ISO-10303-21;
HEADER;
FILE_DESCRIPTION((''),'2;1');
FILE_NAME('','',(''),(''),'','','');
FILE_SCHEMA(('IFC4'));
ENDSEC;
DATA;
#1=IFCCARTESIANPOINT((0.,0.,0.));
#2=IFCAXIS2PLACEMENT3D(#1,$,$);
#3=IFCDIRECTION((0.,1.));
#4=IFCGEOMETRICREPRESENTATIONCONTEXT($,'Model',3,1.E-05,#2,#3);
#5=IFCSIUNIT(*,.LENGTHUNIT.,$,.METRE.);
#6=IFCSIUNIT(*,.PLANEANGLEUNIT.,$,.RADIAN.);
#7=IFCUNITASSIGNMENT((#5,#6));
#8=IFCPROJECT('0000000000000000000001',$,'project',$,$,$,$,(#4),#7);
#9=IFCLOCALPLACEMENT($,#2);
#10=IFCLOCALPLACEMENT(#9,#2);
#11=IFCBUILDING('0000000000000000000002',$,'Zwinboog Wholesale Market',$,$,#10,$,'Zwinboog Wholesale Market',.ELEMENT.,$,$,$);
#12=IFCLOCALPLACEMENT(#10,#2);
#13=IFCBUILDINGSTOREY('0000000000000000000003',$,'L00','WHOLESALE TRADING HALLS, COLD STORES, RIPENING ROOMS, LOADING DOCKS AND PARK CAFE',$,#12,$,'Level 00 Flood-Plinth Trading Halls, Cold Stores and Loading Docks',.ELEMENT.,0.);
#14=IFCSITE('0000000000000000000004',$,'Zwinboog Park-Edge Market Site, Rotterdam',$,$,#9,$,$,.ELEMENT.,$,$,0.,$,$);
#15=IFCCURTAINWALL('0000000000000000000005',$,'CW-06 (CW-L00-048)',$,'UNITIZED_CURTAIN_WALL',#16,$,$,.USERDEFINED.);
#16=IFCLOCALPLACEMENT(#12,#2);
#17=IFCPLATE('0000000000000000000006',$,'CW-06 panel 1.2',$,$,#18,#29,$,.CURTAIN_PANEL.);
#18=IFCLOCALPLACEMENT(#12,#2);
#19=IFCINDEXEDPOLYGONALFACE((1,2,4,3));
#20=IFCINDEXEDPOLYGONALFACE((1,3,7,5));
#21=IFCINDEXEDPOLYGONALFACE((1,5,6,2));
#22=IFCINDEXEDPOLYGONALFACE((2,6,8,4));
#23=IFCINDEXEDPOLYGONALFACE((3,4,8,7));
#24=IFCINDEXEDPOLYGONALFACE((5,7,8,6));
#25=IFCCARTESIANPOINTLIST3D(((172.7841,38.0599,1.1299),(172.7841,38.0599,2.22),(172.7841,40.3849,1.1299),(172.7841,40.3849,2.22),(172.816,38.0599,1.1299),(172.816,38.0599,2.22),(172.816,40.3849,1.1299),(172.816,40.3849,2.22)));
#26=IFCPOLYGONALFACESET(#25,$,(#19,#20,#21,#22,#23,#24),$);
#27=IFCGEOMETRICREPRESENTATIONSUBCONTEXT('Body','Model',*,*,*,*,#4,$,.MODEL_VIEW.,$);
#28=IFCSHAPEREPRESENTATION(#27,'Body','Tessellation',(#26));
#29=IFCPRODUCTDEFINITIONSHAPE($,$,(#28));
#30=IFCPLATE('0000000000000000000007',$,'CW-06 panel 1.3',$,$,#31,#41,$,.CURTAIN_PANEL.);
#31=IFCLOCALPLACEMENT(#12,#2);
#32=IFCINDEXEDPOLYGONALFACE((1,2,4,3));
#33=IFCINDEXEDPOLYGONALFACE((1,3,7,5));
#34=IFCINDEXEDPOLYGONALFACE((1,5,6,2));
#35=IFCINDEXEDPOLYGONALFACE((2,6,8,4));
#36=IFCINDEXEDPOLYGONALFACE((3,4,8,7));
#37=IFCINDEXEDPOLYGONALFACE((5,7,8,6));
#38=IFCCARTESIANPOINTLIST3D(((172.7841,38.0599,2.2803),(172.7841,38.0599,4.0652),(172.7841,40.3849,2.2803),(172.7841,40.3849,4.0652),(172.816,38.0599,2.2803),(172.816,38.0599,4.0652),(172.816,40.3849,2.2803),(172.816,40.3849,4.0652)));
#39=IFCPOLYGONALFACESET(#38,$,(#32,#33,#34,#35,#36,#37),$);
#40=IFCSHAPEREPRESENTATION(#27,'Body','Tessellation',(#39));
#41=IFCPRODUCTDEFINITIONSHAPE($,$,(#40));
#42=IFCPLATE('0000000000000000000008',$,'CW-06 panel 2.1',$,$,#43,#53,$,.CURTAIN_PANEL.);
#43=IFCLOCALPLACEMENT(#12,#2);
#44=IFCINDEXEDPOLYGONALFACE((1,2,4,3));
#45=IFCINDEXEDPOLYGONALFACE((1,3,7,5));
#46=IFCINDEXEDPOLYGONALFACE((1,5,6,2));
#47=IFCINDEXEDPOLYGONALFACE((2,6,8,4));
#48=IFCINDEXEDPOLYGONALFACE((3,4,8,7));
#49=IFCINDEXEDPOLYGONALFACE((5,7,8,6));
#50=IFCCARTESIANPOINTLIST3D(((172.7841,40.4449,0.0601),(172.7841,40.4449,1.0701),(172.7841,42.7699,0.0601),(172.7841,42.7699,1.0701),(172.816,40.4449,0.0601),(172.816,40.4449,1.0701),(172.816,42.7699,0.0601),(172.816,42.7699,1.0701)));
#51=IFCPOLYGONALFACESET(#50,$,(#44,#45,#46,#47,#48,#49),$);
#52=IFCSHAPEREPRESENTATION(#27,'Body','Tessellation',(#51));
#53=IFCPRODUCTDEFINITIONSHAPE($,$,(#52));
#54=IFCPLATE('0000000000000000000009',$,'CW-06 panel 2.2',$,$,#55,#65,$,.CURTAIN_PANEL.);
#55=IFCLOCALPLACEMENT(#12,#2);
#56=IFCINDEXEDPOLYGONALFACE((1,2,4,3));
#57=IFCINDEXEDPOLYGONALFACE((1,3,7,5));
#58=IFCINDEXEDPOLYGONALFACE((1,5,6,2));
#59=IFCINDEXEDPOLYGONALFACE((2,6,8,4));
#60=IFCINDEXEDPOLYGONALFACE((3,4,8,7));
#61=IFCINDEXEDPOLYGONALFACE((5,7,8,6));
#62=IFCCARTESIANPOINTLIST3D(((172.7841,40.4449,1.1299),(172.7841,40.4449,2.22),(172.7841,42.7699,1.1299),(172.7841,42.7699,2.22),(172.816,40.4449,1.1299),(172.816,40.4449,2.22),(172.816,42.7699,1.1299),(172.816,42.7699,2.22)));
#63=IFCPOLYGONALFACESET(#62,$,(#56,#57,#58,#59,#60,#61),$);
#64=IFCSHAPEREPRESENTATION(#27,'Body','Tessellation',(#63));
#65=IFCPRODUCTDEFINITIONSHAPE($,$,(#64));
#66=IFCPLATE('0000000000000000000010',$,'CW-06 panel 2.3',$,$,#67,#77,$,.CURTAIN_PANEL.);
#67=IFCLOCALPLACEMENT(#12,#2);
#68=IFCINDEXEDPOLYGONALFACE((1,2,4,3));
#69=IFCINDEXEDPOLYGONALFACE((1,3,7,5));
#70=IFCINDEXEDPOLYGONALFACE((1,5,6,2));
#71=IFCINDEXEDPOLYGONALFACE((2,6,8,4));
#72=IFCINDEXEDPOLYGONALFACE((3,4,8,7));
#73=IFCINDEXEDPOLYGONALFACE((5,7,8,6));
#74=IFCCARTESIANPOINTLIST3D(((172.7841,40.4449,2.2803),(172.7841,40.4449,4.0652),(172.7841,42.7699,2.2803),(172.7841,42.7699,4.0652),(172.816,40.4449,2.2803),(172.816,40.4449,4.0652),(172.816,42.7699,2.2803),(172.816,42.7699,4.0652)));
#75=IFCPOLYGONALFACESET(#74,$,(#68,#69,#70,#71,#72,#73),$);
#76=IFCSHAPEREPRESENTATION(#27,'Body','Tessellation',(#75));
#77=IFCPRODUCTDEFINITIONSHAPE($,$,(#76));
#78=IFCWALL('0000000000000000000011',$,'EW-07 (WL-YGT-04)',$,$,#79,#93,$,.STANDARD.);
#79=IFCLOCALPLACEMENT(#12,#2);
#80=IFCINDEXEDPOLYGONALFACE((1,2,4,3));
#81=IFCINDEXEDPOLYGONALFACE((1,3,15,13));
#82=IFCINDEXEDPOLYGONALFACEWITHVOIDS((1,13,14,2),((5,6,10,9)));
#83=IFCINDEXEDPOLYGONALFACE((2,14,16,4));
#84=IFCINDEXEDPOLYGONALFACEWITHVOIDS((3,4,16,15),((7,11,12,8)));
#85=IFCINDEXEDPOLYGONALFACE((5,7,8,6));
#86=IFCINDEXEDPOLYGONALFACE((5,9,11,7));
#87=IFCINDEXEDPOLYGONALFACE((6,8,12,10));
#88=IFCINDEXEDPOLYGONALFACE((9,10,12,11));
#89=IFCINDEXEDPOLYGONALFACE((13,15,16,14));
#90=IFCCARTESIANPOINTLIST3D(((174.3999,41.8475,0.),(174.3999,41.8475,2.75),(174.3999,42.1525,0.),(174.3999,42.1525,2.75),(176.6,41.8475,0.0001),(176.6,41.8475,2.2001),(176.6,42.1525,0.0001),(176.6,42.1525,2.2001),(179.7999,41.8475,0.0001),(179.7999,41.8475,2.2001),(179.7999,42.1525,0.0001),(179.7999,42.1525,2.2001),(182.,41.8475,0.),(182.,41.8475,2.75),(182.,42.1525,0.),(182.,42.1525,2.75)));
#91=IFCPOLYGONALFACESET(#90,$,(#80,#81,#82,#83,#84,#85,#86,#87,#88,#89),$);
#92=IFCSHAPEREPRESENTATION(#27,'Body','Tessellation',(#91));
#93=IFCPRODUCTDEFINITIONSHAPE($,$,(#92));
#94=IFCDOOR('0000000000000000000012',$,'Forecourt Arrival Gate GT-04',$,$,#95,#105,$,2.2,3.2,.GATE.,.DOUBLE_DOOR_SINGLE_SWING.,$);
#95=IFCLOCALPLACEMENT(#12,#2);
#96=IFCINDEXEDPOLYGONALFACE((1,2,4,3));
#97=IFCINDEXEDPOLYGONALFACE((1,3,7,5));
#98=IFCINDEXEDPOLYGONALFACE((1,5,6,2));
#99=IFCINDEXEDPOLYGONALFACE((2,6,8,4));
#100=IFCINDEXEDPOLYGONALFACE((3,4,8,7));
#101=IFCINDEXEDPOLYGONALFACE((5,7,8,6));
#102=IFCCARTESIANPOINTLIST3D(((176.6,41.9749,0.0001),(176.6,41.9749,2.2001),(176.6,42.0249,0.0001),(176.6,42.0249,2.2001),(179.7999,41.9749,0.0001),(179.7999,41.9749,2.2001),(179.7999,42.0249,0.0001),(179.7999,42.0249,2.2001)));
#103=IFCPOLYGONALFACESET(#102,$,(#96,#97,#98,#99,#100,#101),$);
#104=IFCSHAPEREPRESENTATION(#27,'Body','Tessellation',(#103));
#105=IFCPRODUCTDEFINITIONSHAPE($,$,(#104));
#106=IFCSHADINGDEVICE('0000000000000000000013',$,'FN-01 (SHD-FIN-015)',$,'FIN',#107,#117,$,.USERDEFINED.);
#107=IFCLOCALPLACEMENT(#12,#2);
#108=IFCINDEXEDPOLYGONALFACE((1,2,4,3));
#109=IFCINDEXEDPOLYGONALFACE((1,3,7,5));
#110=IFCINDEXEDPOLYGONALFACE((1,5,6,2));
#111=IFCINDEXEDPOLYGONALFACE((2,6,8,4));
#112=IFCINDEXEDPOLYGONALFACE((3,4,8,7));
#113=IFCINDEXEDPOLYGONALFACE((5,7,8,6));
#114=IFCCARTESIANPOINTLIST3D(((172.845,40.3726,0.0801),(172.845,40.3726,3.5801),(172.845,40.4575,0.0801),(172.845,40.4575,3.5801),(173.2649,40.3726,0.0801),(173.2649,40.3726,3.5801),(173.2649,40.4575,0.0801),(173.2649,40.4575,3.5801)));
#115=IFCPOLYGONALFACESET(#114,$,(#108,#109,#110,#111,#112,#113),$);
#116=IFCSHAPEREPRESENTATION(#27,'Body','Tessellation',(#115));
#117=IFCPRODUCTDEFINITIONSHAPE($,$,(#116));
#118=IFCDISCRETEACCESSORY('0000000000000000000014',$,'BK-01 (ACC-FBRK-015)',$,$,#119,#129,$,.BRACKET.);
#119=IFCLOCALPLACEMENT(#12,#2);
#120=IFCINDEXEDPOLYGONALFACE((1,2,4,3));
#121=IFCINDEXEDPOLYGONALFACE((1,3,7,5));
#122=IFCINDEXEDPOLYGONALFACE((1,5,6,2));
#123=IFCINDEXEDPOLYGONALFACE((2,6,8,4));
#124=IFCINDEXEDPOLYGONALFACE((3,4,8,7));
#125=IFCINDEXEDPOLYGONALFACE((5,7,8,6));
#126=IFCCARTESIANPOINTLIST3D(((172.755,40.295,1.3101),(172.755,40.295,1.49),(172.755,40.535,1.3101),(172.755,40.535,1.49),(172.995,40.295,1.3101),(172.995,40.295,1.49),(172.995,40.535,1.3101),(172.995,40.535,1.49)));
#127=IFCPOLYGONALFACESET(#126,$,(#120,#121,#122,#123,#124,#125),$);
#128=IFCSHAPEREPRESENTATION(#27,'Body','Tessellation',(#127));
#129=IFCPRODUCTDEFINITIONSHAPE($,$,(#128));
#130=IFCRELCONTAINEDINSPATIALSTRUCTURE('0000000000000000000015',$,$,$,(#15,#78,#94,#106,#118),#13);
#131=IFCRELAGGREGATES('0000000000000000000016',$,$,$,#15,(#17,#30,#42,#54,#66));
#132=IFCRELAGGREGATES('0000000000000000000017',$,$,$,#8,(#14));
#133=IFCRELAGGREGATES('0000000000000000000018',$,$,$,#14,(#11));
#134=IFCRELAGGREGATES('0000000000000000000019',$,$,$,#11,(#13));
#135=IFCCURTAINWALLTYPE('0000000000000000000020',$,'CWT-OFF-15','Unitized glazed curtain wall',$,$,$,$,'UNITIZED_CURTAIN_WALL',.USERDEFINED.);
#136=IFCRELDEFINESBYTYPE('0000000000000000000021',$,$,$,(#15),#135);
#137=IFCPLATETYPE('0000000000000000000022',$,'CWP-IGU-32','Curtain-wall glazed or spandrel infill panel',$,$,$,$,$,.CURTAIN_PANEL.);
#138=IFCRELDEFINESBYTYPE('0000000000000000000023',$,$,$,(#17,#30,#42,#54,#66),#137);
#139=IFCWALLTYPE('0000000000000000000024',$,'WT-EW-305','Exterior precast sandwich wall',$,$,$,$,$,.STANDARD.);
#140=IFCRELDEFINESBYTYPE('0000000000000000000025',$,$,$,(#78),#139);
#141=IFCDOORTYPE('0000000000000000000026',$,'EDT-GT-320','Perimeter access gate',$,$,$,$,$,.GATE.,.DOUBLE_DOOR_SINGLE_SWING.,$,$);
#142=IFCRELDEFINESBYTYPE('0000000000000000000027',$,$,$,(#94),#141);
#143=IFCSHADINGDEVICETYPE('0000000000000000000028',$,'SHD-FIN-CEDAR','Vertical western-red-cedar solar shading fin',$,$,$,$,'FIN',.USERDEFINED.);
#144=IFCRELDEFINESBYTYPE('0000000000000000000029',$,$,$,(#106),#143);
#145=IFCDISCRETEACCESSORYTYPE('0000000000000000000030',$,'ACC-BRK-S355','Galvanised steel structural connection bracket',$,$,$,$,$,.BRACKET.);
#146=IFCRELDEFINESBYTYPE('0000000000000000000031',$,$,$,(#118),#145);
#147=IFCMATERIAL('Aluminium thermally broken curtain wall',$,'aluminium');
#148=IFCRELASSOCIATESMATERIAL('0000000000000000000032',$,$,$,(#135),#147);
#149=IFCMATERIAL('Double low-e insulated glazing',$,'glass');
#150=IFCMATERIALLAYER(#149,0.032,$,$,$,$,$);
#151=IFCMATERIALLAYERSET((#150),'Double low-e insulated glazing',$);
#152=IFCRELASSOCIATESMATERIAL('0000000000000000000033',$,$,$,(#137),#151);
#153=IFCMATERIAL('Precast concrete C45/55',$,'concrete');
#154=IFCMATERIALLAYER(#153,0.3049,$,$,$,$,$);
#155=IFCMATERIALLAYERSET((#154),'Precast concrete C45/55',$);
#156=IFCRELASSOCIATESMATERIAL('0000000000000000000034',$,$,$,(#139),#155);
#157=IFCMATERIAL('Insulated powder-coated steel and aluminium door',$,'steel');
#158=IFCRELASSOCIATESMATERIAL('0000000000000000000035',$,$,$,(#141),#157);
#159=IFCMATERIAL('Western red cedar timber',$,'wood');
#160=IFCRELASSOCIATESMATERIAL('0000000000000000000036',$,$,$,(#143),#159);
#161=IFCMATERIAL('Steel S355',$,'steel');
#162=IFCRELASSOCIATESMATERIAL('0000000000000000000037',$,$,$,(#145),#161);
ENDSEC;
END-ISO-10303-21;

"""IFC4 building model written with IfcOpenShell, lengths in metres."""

from ifc_helpers import new_model, si_unit, direction, frame, frame_2d, origin, origin_2d, place, context, subcontext, project, spatial, rectangle, extrude, material, layer, layer_set, type_object, element, fill, aggregate, save


model = new_model("IFC4")

# Units and contexts
model_context = context("Model", 3, precision=1e-05, world=origin(), true_north=direction((0.0, 1.0)))
body_context = subcontext(model_context, "Body", "Model", "MODEL_VIEW")
ifc_project = project(units=[si_unit("LENGTHUNIT", "METRE"), si_unit("PLANEANGLEUNIT", "RADIAN")], contexts=[model_context])

# Site, building, storey
site_placement = place(None, origin())
site = spatial("IfcSite", under=ifc_project, at=site_placement, Name="Zwinboog Park-Edge Market Site, Rotterdam", CompositionType="ELEMENT", RefElevation=0.0)
building_placement = place(site_placement, origin())
building = spatial("IfcBuilding", under=site, at=building_placement, Name="Zwinboog Wholesale Market", LongName="Zwinboog Wholesale Market", CompositionType="ELEMENT")
storey_placement = place(building_placement, origin())
storey = spatial("IfcBuildingStorey", under=building, at=storey_placement, Name="L00", Description="WHOLESALE TRADING HALLS, COLD STORES, RIPENING ROOMS, LOADING DOCKS AND PARK CAFE", LongName="Level 00 Flood-Plinth Trading Halls, Cold Stores and Loading Docks", CompositionType="ELEMENT", Elevation=0.0)

# Shared definitions
ifc_material_1 = material(Name="Precast concrete C45/55", Category="concrete")

# Curtain wall, plates
ifc_material_2 = material(Name="Aluminium thermally broken curtain wall", Category="aluminium")
curtain_wall_type = type_object("IfcCurtainWallType", Name="CWT-OFF-15", Description="Unitized glazed curtain wall", ElementType="UNITIZED_CURTAIN_WALL", PredefinedType="USERDEFINED", material=ifc_material_2)
curtain_wall_placement = place(storey_placement, origin())
curtain_wall = element("IfcCurtainWall", 1, at=curtain_wall_placement, inside=storey, type_object=curtain_wall_type, Name="CW-06 (CW-L00-048)", ObjectType="UNITIZED_CURTAIN_WALL", PredefinedType="USERDEFINED")
ifc_material_3 = material(Name="Double low-e insulated glazing", Category="glass")
ifc_layer_1 = layer(ifc_material_3, 0.032)
ifc_layer_set_1 = layer_set([ifc_layer_1], Name="Double low-e insulated glazing")
plate_type = type_object("IfcPlateType", Name="CWP-IGU-32", Description="Curtain-wall glazed or spandrel infill panel", PredefinedType="CURTAIN_PANEL", material=ifc_layer_set_1)
plate_1_placement = place(storey_placement, frame((172.8, 39.2224, 1.1299), z_axis=(0.0, 0.0, 1.0), x_axis=(0.0, 1.0, 0.0)))
plate_1 = element("IfcPlate", 2, at=plate_1_placement, type_object=plate_type, Name="CW-06 panel 1.2", PredefinedType="CURTAIN_PANEL", context=body_context, shape_type="SweptSolid", body=[
    extrude(rectangle(XDim=2.325, YDim=0.032, at=origin_2d()), origin(), (0.0, 0.0, 1.0), 1.0901),
])
plate_2_placement = place(storey_placement, frame((172.8, 39.2224, 2.2803), z_axis=(0.0, 0.0, 1.0), x_axis=(0.0, 1.0, 0.0)))
plate_2 = element("IfcPlate", 3, at=plate_2_placement, type_object=plate_type, Name="CW-06 panel 1.3", PredefinedType="CURTAIN_PANEL", context=body_context, shape_type="SweptSolid", body=[
    extrude(rectangle(XDim=2.325, YDim=0.032, at=origin_2d()), origin(), (0.0, 0.0, 1.0), 1.7849),
])
plate_3_placement = place(storey_placement, frame((172.8, 41.6074, 0.0601), z_axis=(0.0, 0.0, 1.0), x_axis=(0.0, 1.0, 0.0)))
plate_3 = element("IfcPlate", 4, at=plate_3_placement, type_object=plate_type, Name="CW-06 panel 2.1", PredefinedType="CURTAIN_PANEL", context=body_context, shape_type="SweptSolid", body=[
    extrude(rectangle(XDim=2.325, YDim=0.032, at=origin_2d()), origin(), (0.0, 0.0, 1.0), 1.01),
])
plate_4_placement = place(storey_placement, frame((172.8, 41.6074, 1.1299), z_axis=(0.0, 0.0, 1.0), x_axis=(0.0, 1.0, 0.0)))
plate_4 = element("IfcPlate", 5, at=plate_4_placement, type_object=plate_type, Name="CW-06 panel 2.2", PredefinedType="CURTAIN_PANEL", context=body_context, shape_type="SweptSolid", body=[
    extrude(rectangle(XDim=2.325, YDim=0.032, at=origin_2d()), origin(), (0.0, 0.0, 1.0), 1.0901),
])
plate_5_placement = place(storey_placement, frame((172.8, 41.6074, 2.2803), z_axis=(0.0, 0.0, 1.0), x_axis=(0.0, 1.0, 0.0)))
plate_5 = element("IfcPlate", 6, at=plate_5_placement, type_object=plate_type, Name="CW-06 panel 2.3", PredefinedType="CURTAIN_PANEL", context=body_context, shape_type="SweptSolid", body=[
    extrude(rectangle(XDim=2.325, YDim=0.032, at=origin_2d()), origin(), (0.0, 0.0, 1.0), 1.7849),
])
aggregate(curtain_wall, [plate_1, plate_2, plate_3, plate_4, plate_5])

# Wall, opening, door
ifc_layer_2 = layer(ifc_material_1, 0.3049)
ifc_layer_set_2 = layer_set([ifc_layer_2], Name="Precast concrete C45/55")
wall_type = type_object("IfcWallType", Name="WT-EW-305", Description="Exterior precast sandwich wall", PredefinedType="STANDARD", material=ifc_layer_set_2)
wall_placement = place(storey_placement, frame((174.3999, 42.0, 0.0), z_axis=(0.0, 0.0, 1.0), x_axis=(1.0, 0.0, 0.0)))
wall = element("IfcWall", 7, at=wall_placement, inside=storey, type_object=wall_type, Name="EW-07 (WL-YGT-04)", PredefinedType="STANDARD", context=body_context, shape_type="SweptSolid", body=[
    extrude(rectangle(XDim=7.6001, YDim=0.3049, at=frame_2d((3.8, 0.0))), origin(), (0.0, 0.0, 1.0), 2.75),
])
opening_placement = place(wall_placement, frame((2.2, 0.0, 0.0)))
opening = element("IfcOpeningElement", 8, at=opening_placement, cuts=wall, PredefinedType="OPENING", context=body_context, shape_type="SweptSolid", body=[
    extrude(rectangle(XDim=3.2, YDim=2.2, at=frame_2d((1.6001, 1.1001))), frame((0.0, 0.1624, 0.0), z_axis=(0.0, -1.0, 0.0), x_axis=(1.0, 0.0, 0.0)), (0.0, 0.0, 1.0), 0.325),
])
ifc_material_4 = material(Name="Insulated powder-coated steel and aluminium door", Category="steel")
door_type = type_object("IfcDoorType", Name="EDT-GT-320", Description="Perimeter access gate", OperationType="DOUBLE_DOOR_SINGLE_SWING", PredefinedType="GATE", material=ifc_material_4)
door_placement = place(opening_placement, origin())
door = element("IfcDoor", 9, at=door_placement, inside=storey, type_object=door_type, Name="Forecourt Arrival Gate GT-04", OperationType="DOUBLE_DOOR_SINGLE_SWING", OverallHeight=2.2, OverallWidth=3.2, PredefinedType="GATE", context=body_context, shape_type="SweptSolid", body=[
    extrude(rectangle(XDim=3.2, YDim=2.2, at=frame_2d((1.6001, 1.1001))), frame((0.0, 0.0249, 0.0), z_axis=(0.0, -1.0, 0.0), x_axis=(1.0, 0.0, 0.0)), (0.0, 0.0, 1.0), 0.05),
])
fill(opening, door)

# Shading device
ifc_material_5 = material(Name="Western red cedar timber", Category="wood")
shading_device_type = type_object("IfcShadingDeviceType", Name="SHD-FIN-CEDAR", Description="Vertical western-red-cedar solar shading fin", ElementType="FIN", PredefinedType="USERDEFINED", material=ifc_material_5)
shading_device_placement = place(storey_placement, frame((173.0549, 40.415, 0.0801), z_axis=(0.0, 0.0, 1.0), x_axis=(1.0, 0.0, 0.0)))
element("IfcShadingDevice", 10, at=shading_device_placement, inside=storey, type_object=shading_device_type, Name="FN-01 (SHD-FIN-015)", ObjectType="FIN", PredefinedType="USERDEFINED", context=body_context, shape_type="SweptSolid", body=[
    extrude(rectangle(XDim=0.4199, YDim=0.085, at=origin_2d()), origin(), (0.0, 0.0, 1.0), 3.5),
])

# Discrete accessory
ifc_material_6 = material(Name="Steel S355", Category="steel")
discrete_accessory_type = type_object("IfcDiscreteAccessoryType", Name="ACC-BRK-S355", Description="Galvanised steel structural connection bracket", PredefinedType="BRACKET", material=ifc_material_6)
discrete_accessory_placement = place(storey_placement, frame((172.875, 40.415, 1.3101), z_axis=(0.0, 0.0, 1.0), x_axis=(1.0, 0.0, 0.0)))
element("IfcDiscreteAccessory", 11, at=discrete_accessory_placement, inside=storey, type_object=discrete_accessory_type, Name="BK-01 (ACC-FBRK-015)", PredefinedType="BRACKET", context=body_context, shape_type="SweptSolid", body=[
    extrude(rectangle(XDim=0.24, YDim=0.24, at=origin_2d()), origin(), (0.0, 0.0, 1.0), 0.1799),
])

save(model, "model.ifc")
